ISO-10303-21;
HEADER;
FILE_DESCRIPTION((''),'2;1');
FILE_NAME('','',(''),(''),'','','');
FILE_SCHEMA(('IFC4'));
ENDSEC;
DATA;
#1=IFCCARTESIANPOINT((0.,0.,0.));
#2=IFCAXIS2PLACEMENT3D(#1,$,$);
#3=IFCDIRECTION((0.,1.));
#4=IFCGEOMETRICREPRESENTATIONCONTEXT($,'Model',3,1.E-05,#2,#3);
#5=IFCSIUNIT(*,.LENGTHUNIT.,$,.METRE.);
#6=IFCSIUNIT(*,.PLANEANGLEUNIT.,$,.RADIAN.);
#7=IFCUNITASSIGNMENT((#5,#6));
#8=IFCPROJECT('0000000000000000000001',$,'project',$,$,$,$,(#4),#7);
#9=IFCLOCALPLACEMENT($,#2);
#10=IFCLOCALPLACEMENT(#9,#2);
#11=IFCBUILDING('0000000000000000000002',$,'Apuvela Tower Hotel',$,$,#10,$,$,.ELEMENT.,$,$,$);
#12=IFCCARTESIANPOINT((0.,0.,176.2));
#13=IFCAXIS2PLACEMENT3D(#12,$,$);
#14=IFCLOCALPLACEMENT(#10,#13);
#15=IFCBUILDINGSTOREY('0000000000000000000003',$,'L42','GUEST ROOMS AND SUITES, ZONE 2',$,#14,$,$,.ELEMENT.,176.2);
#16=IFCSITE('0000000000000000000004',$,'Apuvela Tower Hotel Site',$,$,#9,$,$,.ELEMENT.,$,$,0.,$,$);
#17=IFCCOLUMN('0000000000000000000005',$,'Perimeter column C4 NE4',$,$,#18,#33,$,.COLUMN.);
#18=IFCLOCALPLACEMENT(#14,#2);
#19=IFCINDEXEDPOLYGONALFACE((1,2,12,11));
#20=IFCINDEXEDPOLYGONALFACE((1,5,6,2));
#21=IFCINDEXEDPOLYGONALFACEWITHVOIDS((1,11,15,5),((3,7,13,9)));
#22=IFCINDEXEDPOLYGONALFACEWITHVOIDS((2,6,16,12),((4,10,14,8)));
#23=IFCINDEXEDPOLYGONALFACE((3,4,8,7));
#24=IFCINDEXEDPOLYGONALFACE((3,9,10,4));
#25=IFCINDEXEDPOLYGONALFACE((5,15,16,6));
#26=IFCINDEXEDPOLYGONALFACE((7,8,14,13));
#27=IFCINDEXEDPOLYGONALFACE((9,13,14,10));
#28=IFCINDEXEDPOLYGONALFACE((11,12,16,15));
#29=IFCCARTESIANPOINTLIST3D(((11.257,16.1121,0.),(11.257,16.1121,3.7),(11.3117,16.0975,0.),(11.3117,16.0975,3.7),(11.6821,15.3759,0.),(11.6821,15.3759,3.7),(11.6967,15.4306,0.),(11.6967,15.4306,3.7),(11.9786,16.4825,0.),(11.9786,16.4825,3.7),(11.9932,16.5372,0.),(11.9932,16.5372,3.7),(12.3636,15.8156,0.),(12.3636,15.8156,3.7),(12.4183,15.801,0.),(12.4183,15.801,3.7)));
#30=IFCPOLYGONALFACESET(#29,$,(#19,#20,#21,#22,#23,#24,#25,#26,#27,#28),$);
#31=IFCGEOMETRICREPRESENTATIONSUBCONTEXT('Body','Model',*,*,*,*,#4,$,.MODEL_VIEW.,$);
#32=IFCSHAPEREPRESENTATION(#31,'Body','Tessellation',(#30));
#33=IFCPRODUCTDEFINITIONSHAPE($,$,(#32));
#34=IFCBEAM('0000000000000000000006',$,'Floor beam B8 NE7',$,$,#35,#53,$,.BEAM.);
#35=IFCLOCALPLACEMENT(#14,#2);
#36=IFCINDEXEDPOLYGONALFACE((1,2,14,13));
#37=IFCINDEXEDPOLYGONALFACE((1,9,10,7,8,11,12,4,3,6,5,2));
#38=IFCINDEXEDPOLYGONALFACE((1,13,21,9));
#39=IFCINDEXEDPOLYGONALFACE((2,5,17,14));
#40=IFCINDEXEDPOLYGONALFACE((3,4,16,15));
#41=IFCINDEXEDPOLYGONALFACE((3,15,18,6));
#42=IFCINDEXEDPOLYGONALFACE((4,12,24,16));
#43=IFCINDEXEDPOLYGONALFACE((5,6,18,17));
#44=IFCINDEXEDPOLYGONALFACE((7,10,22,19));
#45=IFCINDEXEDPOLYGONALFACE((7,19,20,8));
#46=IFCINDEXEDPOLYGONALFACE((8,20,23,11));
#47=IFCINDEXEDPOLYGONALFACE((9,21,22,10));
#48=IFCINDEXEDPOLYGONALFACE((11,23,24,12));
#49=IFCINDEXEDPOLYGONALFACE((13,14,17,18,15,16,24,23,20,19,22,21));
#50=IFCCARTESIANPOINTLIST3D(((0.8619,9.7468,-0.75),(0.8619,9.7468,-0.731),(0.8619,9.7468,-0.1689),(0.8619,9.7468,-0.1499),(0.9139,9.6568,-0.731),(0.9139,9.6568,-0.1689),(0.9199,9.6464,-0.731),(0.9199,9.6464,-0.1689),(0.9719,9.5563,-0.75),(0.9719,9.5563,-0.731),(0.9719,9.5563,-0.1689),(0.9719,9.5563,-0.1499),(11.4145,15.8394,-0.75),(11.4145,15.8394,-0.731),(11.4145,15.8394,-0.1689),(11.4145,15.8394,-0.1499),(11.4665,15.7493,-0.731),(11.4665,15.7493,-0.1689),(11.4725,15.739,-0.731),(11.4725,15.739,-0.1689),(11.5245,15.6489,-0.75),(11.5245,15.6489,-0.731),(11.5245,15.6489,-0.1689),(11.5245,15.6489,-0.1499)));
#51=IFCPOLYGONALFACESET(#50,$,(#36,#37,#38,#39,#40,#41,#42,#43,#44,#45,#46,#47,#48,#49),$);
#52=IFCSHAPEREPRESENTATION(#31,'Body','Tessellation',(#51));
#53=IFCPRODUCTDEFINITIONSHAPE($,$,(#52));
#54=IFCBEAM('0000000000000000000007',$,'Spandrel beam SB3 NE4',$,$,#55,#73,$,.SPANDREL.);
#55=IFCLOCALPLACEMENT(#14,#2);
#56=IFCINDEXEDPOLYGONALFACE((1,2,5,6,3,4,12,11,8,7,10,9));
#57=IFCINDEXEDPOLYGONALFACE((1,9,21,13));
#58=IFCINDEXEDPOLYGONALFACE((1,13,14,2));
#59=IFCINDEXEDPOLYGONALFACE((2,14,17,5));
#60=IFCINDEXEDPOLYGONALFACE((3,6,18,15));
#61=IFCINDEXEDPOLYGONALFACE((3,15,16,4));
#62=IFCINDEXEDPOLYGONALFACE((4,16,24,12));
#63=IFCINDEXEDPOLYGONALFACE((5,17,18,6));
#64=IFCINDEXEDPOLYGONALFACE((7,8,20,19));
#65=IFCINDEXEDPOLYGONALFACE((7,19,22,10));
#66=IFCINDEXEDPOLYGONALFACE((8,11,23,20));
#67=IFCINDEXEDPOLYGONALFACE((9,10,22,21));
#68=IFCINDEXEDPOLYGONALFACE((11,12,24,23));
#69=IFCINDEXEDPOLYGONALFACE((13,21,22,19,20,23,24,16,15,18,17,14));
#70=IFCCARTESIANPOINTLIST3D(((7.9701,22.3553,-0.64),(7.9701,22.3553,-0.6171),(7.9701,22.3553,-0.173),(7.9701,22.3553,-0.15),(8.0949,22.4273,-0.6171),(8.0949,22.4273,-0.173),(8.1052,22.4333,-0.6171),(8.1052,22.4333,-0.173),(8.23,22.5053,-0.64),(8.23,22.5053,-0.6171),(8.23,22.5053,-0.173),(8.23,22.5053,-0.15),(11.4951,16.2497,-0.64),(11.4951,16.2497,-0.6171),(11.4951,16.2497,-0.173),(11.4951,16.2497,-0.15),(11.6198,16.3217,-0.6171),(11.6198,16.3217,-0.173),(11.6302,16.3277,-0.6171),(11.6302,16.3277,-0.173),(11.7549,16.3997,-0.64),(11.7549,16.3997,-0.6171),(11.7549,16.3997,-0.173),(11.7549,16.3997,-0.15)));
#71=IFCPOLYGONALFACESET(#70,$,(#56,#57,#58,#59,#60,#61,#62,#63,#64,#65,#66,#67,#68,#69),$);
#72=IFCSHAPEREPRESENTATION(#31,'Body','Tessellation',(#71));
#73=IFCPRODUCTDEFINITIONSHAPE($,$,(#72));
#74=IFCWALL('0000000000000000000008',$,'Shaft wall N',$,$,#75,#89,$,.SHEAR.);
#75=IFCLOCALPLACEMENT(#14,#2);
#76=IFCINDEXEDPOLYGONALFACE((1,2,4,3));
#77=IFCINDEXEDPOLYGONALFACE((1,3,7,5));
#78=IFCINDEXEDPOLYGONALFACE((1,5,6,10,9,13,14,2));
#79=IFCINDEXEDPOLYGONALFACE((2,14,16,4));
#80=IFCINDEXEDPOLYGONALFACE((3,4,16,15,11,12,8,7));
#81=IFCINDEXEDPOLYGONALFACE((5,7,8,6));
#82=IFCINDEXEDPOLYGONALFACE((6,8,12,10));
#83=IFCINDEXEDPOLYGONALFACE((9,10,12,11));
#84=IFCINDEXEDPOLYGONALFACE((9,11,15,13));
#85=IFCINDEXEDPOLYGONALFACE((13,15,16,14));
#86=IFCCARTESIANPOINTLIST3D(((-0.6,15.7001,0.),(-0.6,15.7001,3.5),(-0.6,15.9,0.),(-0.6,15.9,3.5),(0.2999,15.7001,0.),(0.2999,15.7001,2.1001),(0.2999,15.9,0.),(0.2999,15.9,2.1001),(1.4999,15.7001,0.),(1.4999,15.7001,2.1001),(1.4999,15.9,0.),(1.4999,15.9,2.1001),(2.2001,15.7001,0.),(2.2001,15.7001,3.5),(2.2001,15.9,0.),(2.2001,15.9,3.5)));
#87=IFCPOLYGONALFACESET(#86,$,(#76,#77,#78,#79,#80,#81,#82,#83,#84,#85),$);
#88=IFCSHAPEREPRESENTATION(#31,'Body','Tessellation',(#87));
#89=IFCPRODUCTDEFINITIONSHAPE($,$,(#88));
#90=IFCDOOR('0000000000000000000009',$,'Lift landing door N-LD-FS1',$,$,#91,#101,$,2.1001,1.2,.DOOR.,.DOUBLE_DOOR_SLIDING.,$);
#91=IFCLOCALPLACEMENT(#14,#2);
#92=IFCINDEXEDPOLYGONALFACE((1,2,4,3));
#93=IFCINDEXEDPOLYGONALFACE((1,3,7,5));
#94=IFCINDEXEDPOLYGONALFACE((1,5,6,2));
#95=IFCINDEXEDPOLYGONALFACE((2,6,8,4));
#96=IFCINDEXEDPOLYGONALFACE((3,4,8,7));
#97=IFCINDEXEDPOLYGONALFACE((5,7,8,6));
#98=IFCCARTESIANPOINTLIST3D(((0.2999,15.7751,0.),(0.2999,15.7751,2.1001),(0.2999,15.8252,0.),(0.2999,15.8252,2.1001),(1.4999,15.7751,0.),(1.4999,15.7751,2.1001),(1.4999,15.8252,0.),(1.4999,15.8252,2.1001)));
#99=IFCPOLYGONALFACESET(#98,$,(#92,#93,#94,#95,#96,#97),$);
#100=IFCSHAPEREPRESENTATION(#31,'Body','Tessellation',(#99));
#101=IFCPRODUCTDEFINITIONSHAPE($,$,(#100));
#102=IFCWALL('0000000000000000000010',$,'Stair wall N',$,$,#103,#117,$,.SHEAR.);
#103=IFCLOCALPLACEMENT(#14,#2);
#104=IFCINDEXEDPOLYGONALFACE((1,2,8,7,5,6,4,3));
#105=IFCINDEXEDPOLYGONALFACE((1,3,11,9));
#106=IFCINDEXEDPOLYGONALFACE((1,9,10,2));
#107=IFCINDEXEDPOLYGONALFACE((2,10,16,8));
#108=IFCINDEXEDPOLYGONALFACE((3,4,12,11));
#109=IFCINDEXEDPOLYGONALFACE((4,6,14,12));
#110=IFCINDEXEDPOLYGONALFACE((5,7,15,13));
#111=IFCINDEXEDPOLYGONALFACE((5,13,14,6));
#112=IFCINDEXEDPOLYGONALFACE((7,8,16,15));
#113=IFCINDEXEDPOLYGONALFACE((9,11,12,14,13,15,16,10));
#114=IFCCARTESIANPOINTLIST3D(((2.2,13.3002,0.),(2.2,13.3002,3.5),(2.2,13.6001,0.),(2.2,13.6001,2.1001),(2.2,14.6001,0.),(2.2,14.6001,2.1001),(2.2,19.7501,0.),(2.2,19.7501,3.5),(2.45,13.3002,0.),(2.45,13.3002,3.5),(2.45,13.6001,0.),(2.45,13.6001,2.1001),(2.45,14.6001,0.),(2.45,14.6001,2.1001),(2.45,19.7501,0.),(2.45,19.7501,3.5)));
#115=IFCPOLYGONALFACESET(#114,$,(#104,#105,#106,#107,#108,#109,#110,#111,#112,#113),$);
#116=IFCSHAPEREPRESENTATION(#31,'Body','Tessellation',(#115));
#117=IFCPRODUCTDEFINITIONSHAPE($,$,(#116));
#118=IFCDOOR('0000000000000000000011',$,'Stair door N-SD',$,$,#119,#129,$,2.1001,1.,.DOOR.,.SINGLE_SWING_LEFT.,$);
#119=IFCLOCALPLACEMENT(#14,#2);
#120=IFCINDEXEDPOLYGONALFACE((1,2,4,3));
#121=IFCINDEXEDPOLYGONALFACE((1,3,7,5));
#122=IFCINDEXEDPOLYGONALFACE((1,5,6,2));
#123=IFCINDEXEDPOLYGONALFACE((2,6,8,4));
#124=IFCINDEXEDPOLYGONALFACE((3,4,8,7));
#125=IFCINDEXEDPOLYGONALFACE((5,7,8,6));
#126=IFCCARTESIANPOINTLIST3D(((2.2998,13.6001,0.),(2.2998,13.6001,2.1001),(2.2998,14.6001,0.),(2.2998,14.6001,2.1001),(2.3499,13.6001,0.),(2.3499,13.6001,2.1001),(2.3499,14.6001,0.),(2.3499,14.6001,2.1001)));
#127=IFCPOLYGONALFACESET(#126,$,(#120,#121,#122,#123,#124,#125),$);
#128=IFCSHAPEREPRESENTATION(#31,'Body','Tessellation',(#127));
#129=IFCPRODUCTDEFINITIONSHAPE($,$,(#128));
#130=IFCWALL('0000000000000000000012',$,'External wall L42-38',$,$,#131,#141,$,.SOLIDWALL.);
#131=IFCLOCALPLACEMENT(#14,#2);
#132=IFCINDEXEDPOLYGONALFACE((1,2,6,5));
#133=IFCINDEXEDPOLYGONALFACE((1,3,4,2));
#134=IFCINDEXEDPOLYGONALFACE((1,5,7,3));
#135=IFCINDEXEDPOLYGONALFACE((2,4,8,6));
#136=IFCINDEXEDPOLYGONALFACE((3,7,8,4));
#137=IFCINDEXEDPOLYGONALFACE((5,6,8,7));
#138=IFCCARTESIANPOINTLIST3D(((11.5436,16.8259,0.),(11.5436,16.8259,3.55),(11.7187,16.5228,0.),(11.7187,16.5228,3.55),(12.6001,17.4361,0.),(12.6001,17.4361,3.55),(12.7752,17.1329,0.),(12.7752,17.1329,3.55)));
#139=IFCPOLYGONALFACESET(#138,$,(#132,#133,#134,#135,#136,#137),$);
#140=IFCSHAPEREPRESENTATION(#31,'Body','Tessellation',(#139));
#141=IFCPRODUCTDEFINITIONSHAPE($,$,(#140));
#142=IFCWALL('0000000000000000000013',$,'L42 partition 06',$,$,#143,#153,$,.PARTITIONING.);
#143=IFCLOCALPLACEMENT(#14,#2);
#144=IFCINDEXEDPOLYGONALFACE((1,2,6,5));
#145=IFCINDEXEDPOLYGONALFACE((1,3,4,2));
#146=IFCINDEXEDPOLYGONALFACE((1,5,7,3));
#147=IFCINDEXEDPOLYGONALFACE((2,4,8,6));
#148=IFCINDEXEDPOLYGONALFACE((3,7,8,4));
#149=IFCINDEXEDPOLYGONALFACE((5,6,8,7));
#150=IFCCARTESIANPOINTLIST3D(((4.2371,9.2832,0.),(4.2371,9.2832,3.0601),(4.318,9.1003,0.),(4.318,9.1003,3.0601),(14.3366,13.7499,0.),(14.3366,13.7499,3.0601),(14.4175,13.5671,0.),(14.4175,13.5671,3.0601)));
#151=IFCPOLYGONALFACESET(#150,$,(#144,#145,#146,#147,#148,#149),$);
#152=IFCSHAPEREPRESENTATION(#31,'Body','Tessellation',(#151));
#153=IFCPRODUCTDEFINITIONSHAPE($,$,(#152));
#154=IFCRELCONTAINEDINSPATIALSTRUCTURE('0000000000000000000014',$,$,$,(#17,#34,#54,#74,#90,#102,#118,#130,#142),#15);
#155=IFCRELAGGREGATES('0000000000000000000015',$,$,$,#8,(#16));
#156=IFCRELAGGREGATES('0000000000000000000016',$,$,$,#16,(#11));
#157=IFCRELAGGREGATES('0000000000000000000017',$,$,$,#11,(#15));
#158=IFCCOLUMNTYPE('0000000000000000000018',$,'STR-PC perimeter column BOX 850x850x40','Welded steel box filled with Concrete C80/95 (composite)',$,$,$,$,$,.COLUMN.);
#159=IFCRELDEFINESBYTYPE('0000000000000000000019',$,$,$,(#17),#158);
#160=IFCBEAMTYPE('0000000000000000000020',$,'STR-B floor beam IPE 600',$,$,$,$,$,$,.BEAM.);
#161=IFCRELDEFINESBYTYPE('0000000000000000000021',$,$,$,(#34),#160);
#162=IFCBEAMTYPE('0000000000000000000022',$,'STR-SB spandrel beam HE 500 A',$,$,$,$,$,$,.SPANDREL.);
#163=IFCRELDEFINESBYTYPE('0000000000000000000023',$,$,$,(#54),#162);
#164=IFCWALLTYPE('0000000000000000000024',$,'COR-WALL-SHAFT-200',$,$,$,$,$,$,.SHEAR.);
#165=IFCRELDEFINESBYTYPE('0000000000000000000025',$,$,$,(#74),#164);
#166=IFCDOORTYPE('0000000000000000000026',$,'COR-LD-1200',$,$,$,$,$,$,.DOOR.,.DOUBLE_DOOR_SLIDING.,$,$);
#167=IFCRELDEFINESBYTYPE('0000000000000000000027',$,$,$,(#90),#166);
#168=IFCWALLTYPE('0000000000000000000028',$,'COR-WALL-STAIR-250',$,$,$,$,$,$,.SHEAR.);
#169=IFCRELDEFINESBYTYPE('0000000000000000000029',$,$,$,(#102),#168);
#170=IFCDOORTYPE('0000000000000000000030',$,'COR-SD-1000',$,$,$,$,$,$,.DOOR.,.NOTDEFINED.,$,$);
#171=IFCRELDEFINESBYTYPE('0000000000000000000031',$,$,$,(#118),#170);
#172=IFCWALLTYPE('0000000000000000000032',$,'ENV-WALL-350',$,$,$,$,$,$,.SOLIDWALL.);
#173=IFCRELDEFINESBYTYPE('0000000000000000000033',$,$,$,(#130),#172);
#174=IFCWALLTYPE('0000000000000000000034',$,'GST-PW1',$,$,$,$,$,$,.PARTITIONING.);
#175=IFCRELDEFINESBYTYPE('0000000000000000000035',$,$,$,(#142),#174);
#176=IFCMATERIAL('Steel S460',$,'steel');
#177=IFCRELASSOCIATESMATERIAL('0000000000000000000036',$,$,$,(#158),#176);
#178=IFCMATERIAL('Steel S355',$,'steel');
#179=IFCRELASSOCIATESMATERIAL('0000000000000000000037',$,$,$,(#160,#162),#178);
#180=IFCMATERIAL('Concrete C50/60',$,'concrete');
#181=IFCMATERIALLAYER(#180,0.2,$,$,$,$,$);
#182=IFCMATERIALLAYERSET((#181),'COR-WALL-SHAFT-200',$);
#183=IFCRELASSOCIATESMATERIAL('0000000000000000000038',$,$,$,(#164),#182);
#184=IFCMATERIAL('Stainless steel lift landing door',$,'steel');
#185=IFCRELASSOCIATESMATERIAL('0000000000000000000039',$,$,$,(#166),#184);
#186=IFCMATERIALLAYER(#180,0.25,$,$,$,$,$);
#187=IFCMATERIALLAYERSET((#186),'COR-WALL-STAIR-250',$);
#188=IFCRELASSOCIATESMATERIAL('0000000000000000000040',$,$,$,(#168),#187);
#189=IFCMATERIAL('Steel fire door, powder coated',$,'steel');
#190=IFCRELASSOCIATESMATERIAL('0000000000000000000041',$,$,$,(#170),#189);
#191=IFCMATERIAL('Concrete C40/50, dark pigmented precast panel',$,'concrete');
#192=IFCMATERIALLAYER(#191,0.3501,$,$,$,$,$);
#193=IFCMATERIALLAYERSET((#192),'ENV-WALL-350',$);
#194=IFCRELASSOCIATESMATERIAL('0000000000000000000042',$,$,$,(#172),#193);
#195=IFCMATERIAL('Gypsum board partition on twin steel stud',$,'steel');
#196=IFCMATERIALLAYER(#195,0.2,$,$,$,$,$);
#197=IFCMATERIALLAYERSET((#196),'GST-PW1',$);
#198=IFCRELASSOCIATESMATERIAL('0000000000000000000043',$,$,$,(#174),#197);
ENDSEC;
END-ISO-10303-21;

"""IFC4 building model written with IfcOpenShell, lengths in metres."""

from ifc_helpers import new_model, si_unit, direction, frame, frame_2d, origin, origin_2d, place, context, subcontext, project, spatial, rectangle, hollow_rectangle, i_section, extrude, material, layer, layer_set, material_profile, profile_set, type_object, element, fill, save


model = new_model("IFC4")

# Units and contexts
model_context = context("Model", 3, precision=1e-05, world=origin(), true_north=direction((0.0, 1.0)))
body_context = subcontext(model_context, "Body", "Model", "MODEL_VIEW")
ifc_project = project(units=[si_unit("LENGTHUNIT", "METRE"), si_unit("PLANEANGLEUNIT", "RADIAN")], contexts=[model_context])

# Site, building, storey
site_placement = place(None, origin())
site = spatial("IfcSite", under=ifc_project, at=site_placement, Name="Apuvela Tower Hotel Site", CompositionType="ELEMENT", RefElevation=0.0)
building_placement = place(site_placement, origin())
building = spatial("IfcBuilding", under=site, at=building_placement, Name="Apuvela Tower Hotel", CompositionType="ELEMENT")
storey_placement = place(building_placement, frame((0.0, 0.0, 176.2)))
storey = spatial("IfcBuildingStorey", under=building, at=storey_placement, Name="L42", Description="GUEST ROOMS AND SUITES, ZONE 2", CompositionType="ELEMENT", Elevation=176.2)

# Column
ifc_material_1 = material(Name="Steel S460", Category="steel")
ifc_material_profile_1 = material_profile(ifc_material_1, hollow_rectangle(XDim=0.8501, YDim=0.8501, WallThickness=0.04, at=origin_2d()), Name="BOX 850x850x40")
ifc_material_2 = material(Name="Concrete C80/95", Category="concrete")
ifc_material_profile_2 = material_profile(ifc_material_2, rectangle(XDim=0.77, YDim=0.77, at=origin_2d()), Name="Concrete C80/95 infill")
ifc_profile_set_1 = profile_set([ifc_material_profile_1, ifc_material_profile_2], Name="Steel S460")
column_type = type_object("IfcColumnType", Name="STR-PC perimeter column BOX 850x850x40", Description="Welded steel box filled with Concrete C80/95 (composite)", PredefinedType="COLUMN", material=ifc_profile_set_1)
column_placement = place(storey_placement, frame((11.8376, 15.9565, 0.0), z_axis=(0.0, 0.0, 1.0), x_axis=(-0.5, 0.866025, 0.0)))
element("IfcColumn", 1, at=column_placement, inside=storey, type_object=column_type, Name="Perimeter column C4 NE4", PredefinedType="COLUMN", context=body_context, shape_type="SweptSolid", body=[
    extrude(hollow_rectangle(XDim=0.8501, YDim=0.8501, WallThickness=0.04, at=origin_2d()), origin(), (0.0, 0.0, 1.0), 3.7),
])

# Beams
ifc_material_3 = material(Name="Steel S355", Category="steel")
ifc_material_profile_3 = material_profile(ifc_material_3, i_section(OverallWidth=0.22, OverallDepth=0.6001, WebThickness=0.012, FlangeThickness=0.019, at=origin_2d()), Name="IPE 600")
ifc_profile_set_2 = profile_set([ifc_material_profile_3], Name="Steel S355")
beam_type_1 = type_object("IfcBeamType", Name="STR-B floor beam IPE 600", PredefinedType="BEAM", material=ifc_profile_set_2)
beam_1_placement = place(storey_placement, frame((11.4695, 15.7441, -0.45), z_axis=(-0.866024, -0.500003, 0.0), x_axis=(0.500003, -0.866024, 0.0)))
element("IfcBeam", 2, at=beam_1_placement, inside=storey, type_object=beam_type_1, Name="Floor beam B8 NE7", PredefinedType="BEAM", context=body_context, shape_type="SweptSolid", body=[
    extrude(i_section(OverallWidth=0.22, OverallDepth=0.6001, WebThickness=0.012, FlangeThickness=0.019, at=origin_2d()), origin(), (0.0, 0.0, 1.0), 12.1851),
])
ifc_material_profile_4 = material_profile(ifc_material_3, i_section(OverallWidth=0.3, OverallDepth=0.49, WebThickness=0.012, FlangeThickness=0.0229, at=origin_2d()), Name="HE 500 A")
ifc_profile_set_3 = profile_set([ifc_material_profile_4], Name="Steel S355")
beam_type_2 = type_object("IfcBeamType", Name="STR-SB spandrel beam HE 500 A", PredefinedType="SPANDREL", material=ifc_profile_set_3)
beam_2_placement = place(storey_placement, frame((11.625, 16.3247, -0.395), z_axis=(-0.49999, 0.866031, 0.0), x_axis=(-0.866031, -0.49999, 0.0)))
element("IfcBeam", 3, at=beam_2_placement, inside=storey, type_object=beam_type_2, Name="Spandrel beam SB3 NE4", PredefinedType="SPANDREL", context=body_context, shape_type="SweptSolid", body=[
    extrude(i_section(OverallWidth=0.3, OverallDepth=0.49, WebThickness=0.012, FlangeThickness=0.0229, at=origin_2d()), origin(), (0.0, 0.0, 1.0), 7.05),
])

# Walls, openings, doors
ifc_material_4 = material(Name="Concrete C50/60", Category="concrete")
ifc_layer_1 = layer(ifc_material_4, 0.2)
ifc_layer_set_1 = layer_set([ifc_layer_1], Name="COR-WALL-SHAFT-200")
wall_type_1 = type_object("IfcWallType", Name="COR-WALL-SHAFT-200", PredefinedType="SHEAR", material=ifc_layer_set_1)
wall_1_placement = place(storey_placement, frame((2.2, 15.8, 0.0), z_axis=(0.0, 0.0, 1.0), x_axis=(-1.0, 0.0, 0.0)))
wall_1 = element("IfcWall", 4, at=wall_1_placement, inside=storey, type_object=wall_type_1, Name="Shaft wall N", PredefinedType="SHEAR", context=body_context, shape_type="SweptSolid", body=[
    extrude(rectangle(XDim=2.8, YDim=0.2, at=frame_2d((1.3999, 0.0))), origin(), (0.0, 0.0, 1.0), 3.5),
])
opening_1_placement = place(wall_1_placement, frame((0.7, 0.0, 0.0)))
opening_1 = element("IfcOpeningElement", 5, at=opening_1_placement, cuts=wall_1, PredefinedType="OPENING", context=body_context, shape_type="SweptSolid", body=[
    extrude(rectangle(XDim=1.2, YDim=2.1001, at=frame_2d((0.6001, 1.05))), frame((0.0, 0.1099, 0.0), z_axis=(0.0, -1.0, 0.0), x_axis=(1.0, 0.0, 0.0)), (0.0, 0.0, 1.0), 0.22),
])
ifc_material_5 = material(Name="Stainless steel lift landing door", Category="steel")
door_type_1 = type_object("IfcDoorType", Name="COR-LD-1200", OperationType="DOUBLE_DOOR_SLIDING", PredefinedType="DOOR", material=ifc_material_5)
door_1_placement = place(opening_1_placement, origin())
door_1 = element("IfcDoor", 6, at=door_1_placement, inside=storey, type_object=door_type_1, Name="Lift landing door N-LD-FS1", OperationType="DOUBLE_DOOR_SLIDING", OverallHeight=2.1001, OverallWidth=1.2, PredefinedType="DOOR", context=body_context, shape_type="SweptSolid", body=[
    extrude(rectangle(XDim=1.2, YDim=2.1001, at=frame_2d((0.6001, 1.05))), frame((0.0, 0.0249, 0.0), z_axis=(0.0, -1.0, 0.0), x_axis=(1.0, 0.0, 0.0)), (0.0, 0.0, 1.0), 0.05),
])
fill(opening_1, door_1)
ifc_layer_2 = layer(ifc_material_4, 0.25)
ifc_layer_set_2 = layer_set([ifc_layer_2], Name="COR-WALL-STAIR-250")
wall_type_2 = type_object("IfcWallType", Name="COR-WALL-STAIR-250", PredefinedType="SHEAR", material=ifc_layer_set_2)
wall_2_placement = place(storey_placement, frame((2.325, 13.3, 0.0), z_axis=(0.0, 0.0, 1.0), x_axis=(0.0, 1.0, 0.0)))
wall_2 = element("IfcWall", 7, at=wall_2_placement, inside=storey, type_object=wall_type_2, Name="Stair wall N", PredefinedType="SHEAR", context=body_context, shape_type="SweptSolid", body=[
    extrude(rectangle(XDim=6.45, YDim=0.25, at=frame_2d((3.2251, 0.0))), origin(), (0.0, 0.0, 1.0), 3.5),
])
opening_2_placement = place(wall_2_placement, frame((0.3, 0.0, 0.0)))
opening_2 = element("IfcOpeningElement", 8, at=opening_2_placement, cuts=wall_2, PredefinedType="OPENING", context=body_context, shape_type="SweptSolid", body=[
    extrude(rectangle(XDim=1.0, YDim=2.1001, at=frame_2d((0.5, 1.05))), frame((0.0, 0.135, 0.0), z_axis=(0.0, -1.0, 0.0), x_axis=(1.0, 0.0, 0.0)), (0.0, 0.0, 1.0), 0.27),
])
ifc_material_6 = material(Name="Steel fire door, powder coated", Category="steel")
door_type_2 = type_object("IfcDoorType", Name="COR-SD-1000", OperationType="NOTDEFINED", PredefinedType="DOOR", material=ifc_material_6)
door_2_placement = place(opening_2_placement, frame((1.0, 0.0, 0.0), z_axis=(0.0, 0.0, 1.0), x_axis=(-1.0, 0.0, 0.0)))
door_2 = element("IfcDoor", 9, at=door_2_placement, inside=storey, type_object=door_type_2, Name="Stair door N-SD", OperationType="SINGLE_SWING_LEFT", OverallHeight=2.1001, OverallWidth=1.0, PredefinedType="DOOR", context=body_context, shape_type="SweptSolid", body=[
    extrude(rectangle(XDim=1.0, YDim=2.1001, at=frame_2d((0.5, 1.05))), frame((0.0, 0.0249, 0.0), z_axis=(0.0, -1.0, 0.0), x_axis=(1.0, 0.0, 0.0)), (0.0, 0.0, 1.0), 0.05),
])
fill(opening_2, door_2)

# Wall
ifc_material_7 = material(Name="Concrete C40/50, dark pigmented precast panel", Category="concrete")
ifc_layer_3 = layer(ifc_material_7, 0.3501)
ifc_layer_set_3 = layer_set([ifc_layer_3], Name="ENV-WALL-350")
wall_type_3 = type_object("IfcWallType", Name="ENV-WALL-350", PredefinedType="SOLIDWALL", material=ifc_layer_set_3)
wall_3_placement = place(storey_placement, frame((12.6875, 17.2844, 0.0), z_axis=(0.0, 0.0, 1.0), x_axis=(-0.865956, -0.500121, 0.0)))
element("IfcWall", 10, at=wall_3_placement, inside=storey, type_object=wall_type_3, Name="External wall L42-38", PredefinedType="SOLIDWALL", context=body_context, shape_type="SweptSolid", body=[
    extrude(rectangle(XDim=1.22, YDim=0.3501, at=frame_2d((0.6099, 0.0))), origin(), (0.0, 0.0, 1.0), 3.55),
])

# Wall
ifc_material_8 = material(Name="Gypsum board partition on twin steel stud", Category="steel")
ifc_layer_4 = layer(ifc_material_8, 0.2)
ifc_layer_set_4 = layer_set([ifc_layer_4], Name="GST-PW1")
wall_type_4 = type_object("IfcWallType", Name="GST-PW1", PredefinedType="PARTITIONING", material=ifc_layer_set_4)
wall_4_placement = place(storey_placement, frame((14.377, 13.6584, 0.0), z_axis=(0.0, 0.0, 1.0), x_axis=(-0.914547, -0.40448, 0.0)))
element("IfcWall", 11, at=wall_4_placement, inside=storey, type_object=wall_type_4, Name="L42 partition 06", PredefinedType="PARTITIONING", context=body_context, shape_type="SweptSolid", body=[
    extrude(rectangle(XDim=11.0432, YDim=0.2, at=frame_2d((5.5215, 0.0))), origin(), (0.0, 0.0, 1.0), 3.0601),
])

save(model, "model.ifc")
